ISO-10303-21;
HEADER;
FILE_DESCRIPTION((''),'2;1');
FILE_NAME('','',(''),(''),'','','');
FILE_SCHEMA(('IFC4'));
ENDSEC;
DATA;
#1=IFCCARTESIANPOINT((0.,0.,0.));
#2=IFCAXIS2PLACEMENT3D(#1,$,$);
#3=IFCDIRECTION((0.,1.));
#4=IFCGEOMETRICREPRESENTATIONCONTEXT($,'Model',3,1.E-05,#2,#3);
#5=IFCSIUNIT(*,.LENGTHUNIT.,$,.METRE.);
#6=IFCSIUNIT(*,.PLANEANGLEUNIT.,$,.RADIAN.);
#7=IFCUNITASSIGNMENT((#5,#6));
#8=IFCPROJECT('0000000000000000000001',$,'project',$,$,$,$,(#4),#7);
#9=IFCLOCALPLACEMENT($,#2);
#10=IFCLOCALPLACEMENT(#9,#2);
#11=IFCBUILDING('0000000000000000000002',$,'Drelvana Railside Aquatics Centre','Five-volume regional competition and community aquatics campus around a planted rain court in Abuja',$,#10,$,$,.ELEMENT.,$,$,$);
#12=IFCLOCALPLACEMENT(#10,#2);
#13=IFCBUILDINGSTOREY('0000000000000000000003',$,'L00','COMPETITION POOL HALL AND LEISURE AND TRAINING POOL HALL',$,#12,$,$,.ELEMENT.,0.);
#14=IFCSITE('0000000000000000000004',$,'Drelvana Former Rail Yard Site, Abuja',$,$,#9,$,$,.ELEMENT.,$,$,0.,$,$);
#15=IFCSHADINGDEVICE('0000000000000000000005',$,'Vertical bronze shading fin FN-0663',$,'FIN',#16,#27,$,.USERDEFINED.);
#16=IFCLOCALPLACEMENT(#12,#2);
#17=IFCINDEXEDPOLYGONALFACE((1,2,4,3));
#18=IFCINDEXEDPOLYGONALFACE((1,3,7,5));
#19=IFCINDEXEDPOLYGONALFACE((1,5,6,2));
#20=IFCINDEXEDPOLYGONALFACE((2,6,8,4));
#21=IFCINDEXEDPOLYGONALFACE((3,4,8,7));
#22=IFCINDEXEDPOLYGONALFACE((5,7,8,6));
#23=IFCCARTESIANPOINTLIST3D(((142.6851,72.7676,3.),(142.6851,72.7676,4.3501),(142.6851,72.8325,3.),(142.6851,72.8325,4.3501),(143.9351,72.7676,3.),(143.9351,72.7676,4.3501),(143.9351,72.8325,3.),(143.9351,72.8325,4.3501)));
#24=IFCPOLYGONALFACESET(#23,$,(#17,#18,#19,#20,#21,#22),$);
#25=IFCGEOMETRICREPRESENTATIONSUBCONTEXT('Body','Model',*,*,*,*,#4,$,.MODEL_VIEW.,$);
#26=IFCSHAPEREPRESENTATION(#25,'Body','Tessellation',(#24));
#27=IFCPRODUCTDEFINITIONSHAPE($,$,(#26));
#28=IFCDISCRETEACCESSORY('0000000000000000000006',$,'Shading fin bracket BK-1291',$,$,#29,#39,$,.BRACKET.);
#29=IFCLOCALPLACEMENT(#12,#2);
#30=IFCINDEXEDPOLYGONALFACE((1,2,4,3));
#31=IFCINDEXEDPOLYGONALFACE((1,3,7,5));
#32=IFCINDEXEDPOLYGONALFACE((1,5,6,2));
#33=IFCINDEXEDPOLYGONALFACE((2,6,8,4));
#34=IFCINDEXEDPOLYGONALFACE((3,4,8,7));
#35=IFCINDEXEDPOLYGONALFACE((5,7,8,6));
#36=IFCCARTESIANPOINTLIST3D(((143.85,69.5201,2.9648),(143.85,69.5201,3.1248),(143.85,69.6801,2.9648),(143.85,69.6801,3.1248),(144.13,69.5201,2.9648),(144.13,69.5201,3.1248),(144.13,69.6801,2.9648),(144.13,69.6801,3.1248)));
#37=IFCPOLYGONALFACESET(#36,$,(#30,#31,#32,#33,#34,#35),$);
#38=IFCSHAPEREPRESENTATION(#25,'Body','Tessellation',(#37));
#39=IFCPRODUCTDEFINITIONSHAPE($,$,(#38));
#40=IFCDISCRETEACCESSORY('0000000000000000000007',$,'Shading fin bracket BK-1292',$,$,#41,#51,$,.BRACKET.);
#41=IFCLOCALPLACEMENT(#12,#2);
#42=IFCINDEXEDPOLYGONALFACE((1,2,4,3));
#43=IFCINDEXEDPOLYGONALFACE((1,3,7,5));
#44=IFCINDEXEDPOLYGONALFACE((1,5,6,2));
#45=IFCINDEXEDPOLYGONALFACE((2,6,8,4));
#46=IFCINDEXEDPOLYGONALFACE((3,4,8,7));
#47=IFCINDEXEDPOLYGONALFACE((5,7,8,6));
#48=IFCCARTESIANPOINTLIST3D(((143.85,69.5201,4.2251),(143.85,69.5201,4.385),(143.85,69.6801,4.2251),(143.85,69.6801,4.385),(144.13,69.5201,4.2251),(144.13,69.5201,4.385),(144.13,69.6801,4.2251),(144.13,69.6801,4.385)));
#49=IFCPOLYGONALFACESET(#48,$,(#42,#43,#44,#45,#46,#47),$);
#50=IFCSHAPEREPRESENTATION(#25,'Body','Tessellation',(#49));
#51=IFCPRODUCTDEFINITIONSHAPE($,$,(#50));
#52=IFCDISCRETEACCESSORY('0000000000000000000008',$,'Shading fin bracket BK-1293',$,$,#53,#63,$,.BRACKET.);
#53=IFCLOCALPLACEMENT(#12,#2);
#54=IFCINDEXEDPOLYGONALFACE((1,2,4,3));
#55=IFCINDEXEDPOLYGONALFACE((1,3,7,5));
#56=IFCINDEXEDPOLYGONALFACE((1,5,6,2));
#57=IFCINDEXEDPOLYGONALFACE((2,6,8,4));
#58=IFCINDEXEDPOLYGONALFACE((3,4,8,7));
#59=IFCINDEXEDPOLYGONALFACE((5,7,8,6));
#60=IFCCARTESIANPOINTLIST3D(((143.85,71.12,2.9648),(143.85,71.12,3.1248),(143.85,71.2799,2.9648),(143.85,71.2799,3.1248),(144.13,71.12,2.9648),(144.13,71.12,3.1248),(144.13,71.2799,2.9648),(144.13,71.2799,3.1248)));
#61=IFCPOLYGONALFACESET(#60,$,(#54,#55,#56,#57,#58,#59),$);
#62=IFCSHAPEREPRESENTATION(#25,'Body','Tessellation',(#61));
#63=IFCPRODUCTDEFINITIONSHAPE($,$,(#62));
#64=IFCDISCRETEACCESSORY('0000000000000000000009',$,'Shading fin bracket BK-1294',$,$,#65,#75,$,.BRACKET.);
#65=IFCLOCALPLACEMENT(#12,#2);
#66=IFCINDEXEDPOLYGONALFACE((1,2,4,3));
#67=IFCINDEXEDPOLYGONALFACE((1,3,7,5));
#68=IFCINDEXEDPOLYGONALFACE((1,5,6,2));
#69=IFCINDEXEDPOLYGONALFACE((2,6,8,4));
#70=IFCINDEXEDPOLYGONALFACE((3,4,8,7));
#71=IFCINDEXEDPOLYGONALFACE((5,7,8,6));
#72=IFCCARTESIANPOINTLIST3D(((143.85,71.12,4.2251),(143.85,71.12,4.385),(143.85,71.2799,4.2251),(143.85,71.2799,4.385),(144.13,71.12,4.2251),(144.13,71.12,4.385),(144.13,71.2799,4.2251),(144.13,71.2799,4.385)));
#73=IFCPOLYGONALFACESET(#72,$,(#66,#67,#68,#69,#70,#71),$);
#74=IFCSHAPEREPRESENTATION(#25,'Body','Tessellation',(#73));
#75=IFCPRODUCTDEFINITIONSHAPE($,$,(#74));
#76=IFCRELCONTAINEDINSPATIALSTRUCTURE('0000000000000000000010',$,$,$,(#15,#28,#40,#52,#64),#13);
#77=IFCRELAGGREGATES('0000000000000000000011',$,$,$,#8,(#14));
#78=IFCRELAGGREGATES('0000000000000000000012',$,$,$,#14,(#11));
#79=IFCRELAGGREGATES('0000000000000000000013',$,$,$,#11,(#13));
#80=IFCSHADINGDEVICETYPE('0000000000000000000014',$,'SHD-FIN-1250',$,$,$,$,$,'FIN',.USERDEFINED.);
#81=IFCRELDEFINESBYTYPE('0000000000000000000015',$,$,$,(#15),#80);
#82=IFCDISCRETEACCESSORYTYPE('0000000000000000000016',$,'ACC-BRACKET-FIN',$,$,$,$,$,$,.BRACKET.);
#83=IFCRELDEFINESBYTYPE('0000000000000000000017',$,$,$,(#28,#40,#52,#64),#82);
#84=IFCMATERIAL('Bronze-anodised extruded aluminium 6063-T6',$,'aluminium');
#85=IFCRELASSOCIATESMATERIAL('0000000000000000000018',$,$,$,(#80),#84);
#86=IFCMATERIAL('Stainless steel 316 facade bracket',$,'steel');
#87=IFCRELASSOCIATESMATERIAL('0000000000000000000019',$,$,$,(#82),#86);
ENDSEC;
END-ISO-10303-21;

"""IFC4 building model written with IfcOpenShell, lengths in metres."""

from ifc_helpers import new_model, si_unit, direction, frame, origin, origin_2d, place, context, subcontext, project, spatial, rectangle, extrude, material, type_object, element, save


model = new_model("IFC4")

# Units and contexts
model_context = context("Model", 3, precision=1e-05, world=origin(), true_north=direction((0.0, 1.0)))
body_context = subcontext(model_context, "Body", "Model", "MODEL_VIEW")
ifc_project = project(units=[si_unit("LENGTHUNIT", "METRE"), si_unit("PLANEANGLEUNIT", "RADIAN")], contexts=[model_context])

# Site, building, storey
site_placement = place(None, origin())
site = spatial("IfcSite", under=ifc_project, at=site_placement, Name="Drelvana Former Rail Yard Site, Abuja", CompositionType="ELEMENT", RefElevation=0.0)
building_placement = place(site_placement, origin())
building = spatial("IfcBuilding", under=site, at=building_placement, Name="Drelvana Railside Aquatics Centre", Description="Five-volume regional competition and community aquatics campus around a planted rain court in Abuja", CompositionType="ELEMENT")
storey_placement = place(building_placement, origin())
storey = spatial("IfcBuildingStorey", under=building, at=storey_placement, Name="L00", Description="COMPETITION POOL HALL AND LEISURE AND TRAINING POOL HALL", CompositionType="ELEMENT", Elevation=0.0)

# Shared definitions
ifc_material_1 = material(Name="Bronze-anodised extruded aluminium 6063-T6", Category="aluminium")

# Shading device
shading_device_type = type_object("IfcShadingDeviceType", Name="SHD-FIN-1250", ElementType="FIN", PredefinedType="USERDEFINED", material=ifc_material_1)
for number, where, z_axis, x_axis, name in (
    (1, (143.3101, 72.8, 3.0), (0.0, 0.0, 1.0), (-1.0, 0.0, 0.0), "Vertical bronze shading fin FN-0663"),
):
    element("IfcShadingDevice", number, at=place(storey_placement, frame(where, z_axis=z_axis, x_axis=x_axis)), inside=storey, type_object=shading_device_type, Name=name, ObjectType="FIN", PredefinedType="USERDEFINED", context=body_context, shape_type="SweptSolid", body=[
        extrude(rectangle(XDim=1.25, YDim=0.0649, at=origin_2d()), origin(), (0.0, 0.0, 1.0), 1.3501),
    ])

# Discrete accessories
ifc_material_2 = material(Name="Stainless steel 316 facade bracket", Category="steel")
discrete_accessory_type = type_object("IfcDiscreteAccessoryType", Name="ACC-BRACKET-FIN", PredefinedType="BRACKET", material=ifc_material_2)
for number, where, z_axis, x_axis, name in (
    (2, (143.99, 69.6001, 2.9648), (0.0, 0.0, 1.0), (-1.0, 0.0, 0.0), "Shading fin bracket BK-1291"),
    (3, (143.99, 69.6001, 4.2251), (0.0, 0.0, 1.0), (-1.0, 0.0, 0.0), "Shading fin bracket BK-1292"),
    (4, (143.99, 71.2, 2.9648), (0.0, 0.0, 1.0), (-1.0, 0.0, 0.0), "Shading fin bracket BK-1293"),
    (5, (143.99, 71.2, 4.2251), (0.0, 0.0, 1.0), (-1.0, 0.0, 0.0), "Shading fin bracket BK-1294"),
):
    element("IfcDiscreteAccessory", number, at=place(storey_placement, frame(where, z_axis=z_axis, x_axis=x_axis)), inside=storey, type_object=discrete_accessory_type, Name=name, PredefinedType="BRACKET", context=body_context, shape_type="SweptSolid", body=[
        extrude(rectangle(XDim=0.28, YDim=0.1599, at=origin_2d()), origin(), (0.0, 0.0, 1.0), 0.1599),
    ])

save(model, "model.ifc")
